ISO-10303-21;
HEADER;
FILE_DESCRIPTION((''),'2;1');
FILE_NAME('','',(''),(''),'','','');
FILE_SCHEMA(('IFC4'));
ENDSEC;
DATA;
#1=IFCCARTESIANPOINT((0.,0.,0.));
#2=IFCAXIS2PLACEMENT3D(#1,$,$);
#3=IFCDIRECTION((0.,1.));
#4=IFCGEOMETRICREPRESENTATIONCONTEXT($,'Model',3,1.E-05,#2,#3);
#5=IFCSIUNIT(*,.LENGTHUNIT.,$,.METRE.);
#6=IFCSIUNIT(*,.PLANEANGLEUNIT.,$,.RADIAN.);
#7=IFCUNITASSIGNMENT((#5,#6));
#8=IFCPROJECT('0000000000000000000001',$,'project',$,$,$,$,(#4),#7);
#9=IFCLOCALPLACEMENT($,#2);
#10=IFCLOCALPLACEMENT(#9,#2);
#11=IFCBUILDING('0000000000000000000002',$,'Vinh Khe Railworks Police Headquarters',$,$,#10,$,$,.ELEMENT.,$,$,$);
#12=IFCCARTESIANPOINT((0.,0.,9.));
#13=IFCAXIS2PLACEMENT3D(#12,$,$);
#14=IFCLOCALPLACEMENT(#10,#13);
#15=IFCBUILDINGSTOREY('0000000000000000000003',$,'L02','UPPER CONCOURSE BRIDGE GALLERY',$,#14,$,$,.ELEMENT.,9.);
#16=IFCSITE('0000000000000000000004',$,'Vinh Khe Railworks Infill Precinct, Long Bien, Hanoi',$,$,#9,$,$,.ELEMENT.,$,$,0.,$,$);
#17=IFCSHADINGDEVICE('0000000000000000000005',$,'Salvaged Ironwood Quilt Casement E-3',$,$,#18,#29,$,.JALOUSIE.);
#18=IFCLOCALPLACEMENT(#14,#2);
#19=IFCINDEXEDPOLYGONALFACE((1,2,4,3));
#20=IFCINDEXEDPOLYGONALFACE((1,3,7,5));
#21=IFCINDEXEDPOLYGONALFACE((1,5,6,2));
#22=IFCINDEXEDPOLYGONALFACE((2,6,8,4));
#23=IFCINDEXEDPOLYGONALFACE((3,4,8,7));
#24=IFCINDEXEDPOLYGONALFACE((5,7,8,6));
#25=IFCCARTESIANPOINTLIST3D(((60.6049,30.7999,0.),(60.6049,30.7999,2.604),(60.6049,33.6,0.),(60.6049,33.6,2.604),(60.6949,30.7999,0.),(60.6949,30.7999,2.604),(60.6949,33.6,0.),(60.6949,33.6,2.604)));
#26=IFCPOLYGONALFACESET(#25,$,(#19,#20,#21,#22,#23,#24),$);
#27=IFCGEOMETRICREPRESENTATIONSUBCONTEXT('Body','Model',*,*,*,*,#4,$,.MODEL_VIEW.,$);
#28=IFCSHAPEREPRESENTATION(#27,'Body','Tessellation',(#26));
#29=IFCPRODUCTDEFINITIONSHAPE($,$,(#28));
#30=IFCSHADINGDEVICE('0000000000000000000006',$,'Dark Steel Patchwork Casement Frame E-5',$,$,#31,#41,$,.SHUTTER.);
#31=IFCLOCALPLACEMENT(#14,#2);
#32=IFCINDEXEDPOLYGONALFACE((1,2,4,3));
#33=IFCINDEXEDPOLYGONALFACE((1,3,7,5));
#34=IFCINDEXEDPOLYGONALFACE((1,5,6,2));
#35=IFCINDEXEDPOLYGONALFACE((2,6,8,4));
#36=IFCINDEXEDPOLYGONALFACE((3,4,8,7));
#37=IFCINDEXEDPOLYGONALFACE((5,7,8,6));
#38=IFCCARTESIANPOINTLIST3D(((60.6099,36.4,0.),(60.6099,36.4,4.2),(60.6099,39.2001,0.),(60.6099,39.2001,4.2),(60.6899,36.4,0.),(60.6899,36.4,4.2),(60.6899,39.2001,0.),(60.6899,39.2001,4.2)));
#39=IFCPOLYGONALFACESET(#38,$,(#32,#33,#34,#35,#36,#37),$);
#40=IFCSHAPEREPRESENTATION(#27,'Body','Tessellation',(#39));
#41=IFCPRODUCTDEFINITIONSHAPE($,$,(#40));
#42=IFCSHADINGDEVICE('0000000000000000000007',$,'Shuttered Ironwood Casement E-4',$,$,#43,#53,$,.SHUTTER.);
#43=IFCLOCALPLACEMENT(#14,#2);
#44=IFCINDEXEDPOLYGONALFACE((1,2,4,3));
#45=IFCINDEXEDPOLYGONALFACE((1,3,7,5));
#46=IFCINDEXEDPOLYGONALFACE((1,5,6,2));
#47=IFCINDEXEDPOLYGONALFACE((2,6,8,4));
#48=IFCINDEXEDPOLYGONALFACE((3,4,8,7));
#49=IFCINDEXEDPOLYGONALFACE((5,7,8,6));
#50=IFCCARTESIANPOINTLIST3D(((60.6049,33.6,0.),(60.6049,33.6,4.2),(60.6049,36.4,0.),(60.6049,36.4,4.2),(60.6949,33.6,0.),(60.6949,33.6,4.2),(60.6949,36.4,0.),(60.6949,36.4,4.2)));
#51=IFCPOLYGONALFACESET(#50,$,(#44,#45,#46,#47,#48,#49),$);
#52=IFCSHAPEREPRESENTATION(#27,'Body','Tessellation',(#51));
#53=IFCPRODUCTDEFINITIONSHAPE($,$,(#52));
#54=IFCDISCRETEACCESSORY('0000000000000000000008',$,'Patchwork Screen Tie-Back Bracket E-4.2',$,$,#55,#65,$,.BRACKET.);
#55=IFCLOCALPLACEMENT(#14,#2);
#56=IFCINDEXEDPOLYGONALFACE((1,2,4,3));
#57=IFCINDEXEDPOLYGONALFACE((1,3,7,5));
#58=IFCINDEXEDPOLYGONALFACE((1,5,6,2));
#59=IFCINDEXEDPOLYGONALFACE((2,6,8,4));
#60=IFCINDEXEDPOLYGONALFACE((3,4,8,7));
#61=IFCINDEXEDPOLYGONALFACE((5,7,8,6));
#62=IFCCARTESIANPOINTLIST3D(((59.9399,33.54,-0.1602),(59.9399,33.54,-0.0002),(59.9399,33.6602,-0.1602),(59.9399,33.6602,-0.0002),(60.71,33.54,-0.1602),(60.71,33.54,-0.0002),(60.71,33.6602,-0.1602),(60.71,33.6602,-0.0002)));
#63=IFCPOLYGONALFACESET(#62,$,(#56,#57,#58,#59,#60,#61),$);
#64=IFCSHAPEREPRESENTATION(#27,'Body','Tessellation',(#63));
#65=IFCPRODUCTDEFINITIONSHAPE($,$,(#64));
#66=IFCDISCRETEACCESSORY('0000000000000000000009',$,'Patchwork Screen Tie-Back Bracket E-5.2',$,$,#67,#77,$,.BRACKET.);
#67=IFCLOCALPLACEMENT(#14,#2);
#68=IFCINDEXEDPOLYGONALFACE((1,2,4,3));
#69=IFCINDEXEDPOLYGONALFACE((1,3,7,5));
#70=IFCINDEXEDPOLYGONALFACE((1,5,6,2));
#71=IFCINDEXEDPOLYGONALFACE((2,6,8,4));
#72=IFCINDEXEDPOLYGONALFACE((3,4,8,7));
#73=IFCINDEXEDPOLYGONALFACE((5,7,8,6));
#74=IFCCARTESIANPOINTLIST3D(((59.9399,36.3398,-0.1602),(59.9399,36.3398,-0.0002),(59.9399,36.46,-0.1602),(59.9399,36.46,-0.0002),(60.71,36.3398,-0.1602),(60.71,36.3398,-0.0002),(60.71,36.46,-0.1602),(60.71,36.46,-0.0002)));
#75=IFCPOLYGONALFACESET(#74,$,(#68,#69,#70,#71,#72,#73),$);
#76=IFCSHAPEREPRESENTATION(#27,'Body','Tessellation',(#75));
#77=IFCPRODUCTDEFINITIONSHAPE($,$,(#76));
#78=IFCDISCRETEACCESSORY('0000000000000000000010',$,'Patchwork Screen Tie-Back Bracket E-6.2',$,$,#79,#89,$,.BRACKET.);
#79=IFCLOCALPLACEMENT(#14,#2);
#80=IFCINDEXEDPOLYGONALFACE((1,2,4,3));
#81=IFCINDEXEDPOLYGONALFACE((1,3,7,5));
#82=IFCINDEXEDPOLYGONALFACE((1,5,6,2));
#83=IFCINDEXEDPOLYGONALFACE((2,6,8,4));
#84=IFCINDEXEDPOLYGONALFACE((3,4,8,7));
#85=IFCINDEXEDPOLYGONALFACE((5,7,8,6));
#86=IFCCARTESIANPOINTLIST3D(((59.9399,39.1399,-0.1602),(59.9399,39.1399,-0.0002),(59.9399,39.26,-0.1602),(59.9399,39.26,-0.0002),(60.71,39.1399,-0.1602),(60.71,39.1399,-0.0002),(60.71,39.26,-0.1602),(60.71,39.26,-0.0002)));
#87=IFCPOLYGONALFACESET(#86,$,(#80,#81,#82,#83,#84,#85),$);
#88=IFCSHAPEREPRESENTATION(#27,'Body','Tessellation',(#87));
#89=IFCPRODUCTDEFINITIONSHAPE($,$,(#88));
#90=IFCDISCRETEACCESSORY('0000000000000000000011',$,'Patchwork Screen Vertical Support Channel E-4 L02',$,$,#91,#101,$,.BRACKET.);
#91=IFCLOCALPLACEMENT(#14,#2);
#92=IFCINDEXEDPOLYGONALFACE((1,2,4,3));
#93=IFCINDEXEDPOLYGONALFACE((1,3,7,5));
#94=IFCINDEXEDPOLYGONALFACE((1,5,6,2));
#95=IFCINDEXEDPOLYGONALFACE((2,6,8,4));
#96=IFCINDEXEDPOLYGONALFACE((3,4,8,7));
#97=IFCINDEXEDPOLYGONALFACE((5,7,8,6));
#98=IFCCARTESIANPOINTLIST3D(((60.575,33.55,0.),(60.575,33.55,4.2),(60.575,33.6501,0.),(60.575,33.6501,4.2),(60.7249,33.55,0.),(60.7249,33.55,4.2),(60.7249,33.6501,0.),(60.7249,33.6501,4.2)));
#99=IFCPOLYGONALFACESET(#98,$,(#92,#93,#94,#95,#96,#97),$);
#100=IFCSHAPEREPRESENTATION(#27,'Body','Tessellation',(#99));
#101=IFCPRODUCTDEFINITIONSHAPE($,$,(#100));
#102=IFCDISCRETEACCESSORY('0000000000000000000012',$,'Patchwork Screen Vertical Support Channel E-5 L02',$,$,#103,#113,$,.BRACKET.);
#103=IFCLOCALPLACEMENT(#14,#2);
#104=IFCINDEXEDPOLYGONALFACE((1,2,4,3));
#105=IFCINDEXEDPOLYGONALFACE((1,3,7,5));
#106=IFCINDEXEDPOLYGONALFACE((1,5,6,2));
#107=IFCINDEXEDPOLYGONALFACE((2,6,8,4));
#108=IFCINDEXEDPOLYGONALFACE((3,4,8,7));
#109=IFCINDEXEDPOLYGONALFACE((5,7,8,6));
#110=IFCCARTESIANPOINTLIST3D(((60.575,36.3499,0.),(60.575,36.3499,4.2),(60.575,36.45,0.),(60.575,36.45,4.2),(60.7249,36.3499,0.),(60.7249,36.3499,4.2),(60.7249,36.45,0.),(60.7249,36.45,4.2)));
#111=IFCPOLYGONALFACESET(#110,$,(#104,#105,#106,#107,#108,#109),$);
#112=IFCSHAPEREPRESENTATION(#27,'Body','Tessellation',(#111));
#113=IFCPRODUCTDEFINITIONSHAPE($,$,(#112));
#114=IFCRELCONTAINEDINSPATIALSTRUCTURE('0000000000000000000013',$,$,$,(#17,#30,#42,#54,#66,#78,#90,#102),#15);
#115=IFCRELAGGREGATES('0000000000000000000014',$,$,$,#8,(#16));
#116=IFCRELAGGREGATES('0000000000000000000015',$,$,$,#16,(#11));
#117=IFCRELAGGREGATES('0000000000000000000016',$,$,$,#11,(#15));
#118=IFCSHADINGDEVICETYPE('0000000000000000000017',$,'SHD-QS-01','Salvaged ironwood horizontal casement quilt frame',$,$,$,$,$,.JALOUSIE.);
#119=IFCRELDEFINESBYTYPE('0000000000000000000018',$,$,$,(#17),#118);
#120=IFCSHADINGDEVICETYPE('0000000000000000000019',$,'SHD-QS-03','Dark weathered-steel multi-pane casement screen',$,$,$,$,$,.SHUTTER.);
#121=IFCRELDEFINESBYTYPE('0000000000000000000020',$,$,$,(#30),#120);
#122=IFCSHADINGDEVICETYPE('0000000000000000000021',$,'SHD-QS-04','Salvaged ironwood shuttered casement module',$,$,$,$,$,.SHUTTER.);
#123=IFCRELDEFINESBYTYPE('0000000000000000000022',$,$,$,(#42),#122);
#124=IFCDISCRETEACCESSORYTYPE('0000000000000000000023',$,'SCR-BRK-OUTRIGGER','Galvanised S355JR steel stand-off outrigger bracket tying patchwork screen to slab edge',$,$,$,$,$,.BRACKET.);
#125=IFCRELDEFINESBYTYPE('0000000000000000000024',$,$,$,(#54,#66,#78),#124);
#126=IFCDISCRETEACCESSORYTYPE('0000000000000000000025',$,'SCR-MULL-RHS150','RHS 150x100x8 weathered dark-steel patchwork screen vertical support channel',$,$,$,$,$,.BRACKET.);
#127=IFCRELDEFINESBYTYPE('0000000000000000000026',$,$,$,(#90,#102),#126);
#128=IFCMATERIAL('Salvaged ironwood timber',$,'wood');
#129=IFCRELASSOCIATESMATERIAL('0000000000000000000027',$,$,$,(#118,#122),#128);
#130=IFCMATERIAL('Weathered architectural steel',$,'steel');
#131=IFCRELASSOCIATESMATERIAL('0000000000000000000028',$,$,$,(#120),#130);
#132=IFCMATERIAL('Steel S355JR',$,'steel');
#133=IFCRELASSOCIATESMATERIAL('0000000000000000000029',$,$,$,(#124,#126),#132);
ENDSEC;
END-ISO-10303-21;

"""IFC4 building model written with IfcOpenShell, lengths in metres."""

from ifc_helpers import new_model, si_unit, direction, frame, origin, origin_2d, place, context, subcontext, project, spatial, rectangle, extrude, material, type_object, element, save


model = new_model("IFC4")

# Units and contexts
model_context = context("Model", 3, precision=1e-05, world=origin(), true_north=direction((0.0, 1.0)))
body_context = subcontext(model_context, "Body", "Model", "MODEL_VIEW")
ifc_project = project(units=[si_unit("LENGTHUNIT", "METRE"), si_unit("PLANEANGLEUNIT", "RADIAN")], contexts=[model_context])

# Site, building, storey
site_placement = place(None, origin())
site = spatial("IfcSite", under=ifc_project, at=site_placement, Name="Vinh Khe Railworks Infill Precinct, Long Bien, Hanoi", CompositionType="ELEMENT", RefElevation=0.0)
building_placement = place(site_placement, origin())
building = spatial("IfcBuilding", under=site, at=building_placement, Name="Vinh Khe Railworks Police Headquarters", CompositionType="ELEMENT")
storey_placement = place(building_placement, frame((0.0, 0.0, 9.0)))
storey = spatial("IfcBuildingStorey", under=building, at=storey_placement, Name="L02", Description="UPPER CONCOURSE BRIDGE GALLERY", CompositionType="ELEMENT", Elevation=9.0)

# Shared definitions
ifc_material_1 = material(Name="Steel S355JR", Category="steel")

# Shared definitions
ifc_material_2 = material(Name="Salvaged ironwood timber", Category="wood")

# Shading devices
shading_device_type_1 = type_object("IfcShadingDeviceType", Name="SHD-QS-01", Description="Salvaged ironwood horizontal casement quilt frame", PredefinedType="JALOUSIE", material=ifc_material_2)
shading_device_1_placement = place(storey_placement, frame((60.6499, 32.2, 0.0), z_axis=(0.0, 0.0, 1.0), x_axis=(0.0, 1.0, 0.0)))
element("IfcShadingDevice", 1, at=shading_device_1_placement, inside=storey, type_object=shading_device_type_1, Name="Salvaged Ironwood Quilt Casement E-3", PredefinedType="JALOUSIE", context=body_context, shape_type="SweptSolid", body=[
    extrude(rectangle(XDim=2.8, YDim=0.0901, at=origin_2d()), origin(), (0.0, 0.0, 1.0), 2.604),
])
ifc_material_3 = material(Name="Weathered architectural steel", Category="steel")
shading_device_type_2 = type_object("IfcShadingDeviceType", Name="SHD-QS-03", Description="Dark weathered-steel multi-pane casement screen", PredefinedType="SHUTTER", material=ifc_material_3)
shading_device_2_placement = place(storey_placement, frame((60.6499, 37.8, 0.0), z_axis=(0.0, 0.0, 1.0), x_axis=(0.0, 1.0, 0.0)))
element("IfcShadingDevice", 2, at=shading_device_2_placement, inside=storey, type_object=shading_device_type_2, Name="Dark Steel Patchwork Casement Frame E-5", PredefinedType="SHUTTER", context=body_context, shape_type="SweptSolid", body=[
    extrude(rectangle(XDim=2.8, YDim=0.0801, at=origin_2d()), origin(), (0.0, 0.0, 1.0), 4.2),
])
shading_device_type_3 = type_object("IfcShadingDeviceType", Name="SHD-QS-04", Description="Salvaged ironwood shuttered casement module", PredefinedType="SHUTTER", material=ifc_material_2)
shading_device_3_placement = place(storey_placement, frame((60.6499, 35.0, 0.0), z_axis=(0.0, 0.0, 1.0), x_axis=(0.0, 1.0, 0.0)))
element("IfcShadingDevice", 3, at=shading_device_3_placement, inside=storey, type_object=shading_device_type_3, Name="Shuttered Ironwood Casement E-4", PredefinedType="SHUTTER", context=body_context, shape_type="SweptSolid", body=[
    extrude(rectangle(XDim=2.8, YDim=0.0901, at=origin_2d()), origin(), (0.0, 0.0, 1.0), 4.2),
])

# Discrete accessories
discrete_accessory_type_1 = type_object("IfcDiscreteAccessoryType", Name="SCR-BRK-OUTRIGGER", Description="Galvanised S355JR steel stand-off outrigger bracket tying patchwork screen to slab edge", PredefinedType="BRACKET", material=ifc_material_1)
for number, where, z_axis, x_axis, name in (
    (4, (60.325, 33.6001, -0.1602), (0.0, 0.0, 1.0), (1.0, 0.0, 0.0), "Patchwork Screen Tie-Back Bracket E-4.2"),
    (5, (60.325, 36.3999, -0.1602), (0.0, 0.0, 1.0), (1.0, 0.0, 0.0), "Patchwork Screen Tie-Back Bracket E-5.2"),
    (6, (60.325, 39.2, -0.1602), (0.0, 0.0, 1.0), (1.0, 0.0, 0.0), "Patchwork Screen Tie-Back Bracket E-6.2"),
):
    element("IfcDiscreteAccessory", number, at=place(storey_placement, frame(where, z_axis=z_axis, x_axis=x_axis)), inside=storey, type_object=discrete_accessory_type_1, Name=name, PredefinedType="BRACKET", context=body_context, shape_type="SweptSolid", body=[
        extrude(rectangle(XDim=0.77, YDim=0.1201, at=origin_2d()), origin(), (0.0, 0.0, 1.0), 0.1599),
    ])
discrete_accessory_type_2 = type_object("IfcDiscreteAccessoryType", Name="SCR-MULL-RHS150", Description="RHS 150x100x8 weathered dark-steel patchwork screen vertical support channel", PredefinedType="BRACKET", material=ifc_material_1)
for number, where, z_axis, x_axis, name in (
    (7, (60.6499, 33.6001, 0.0), (0.0, 0.0, 1.0), (1.0, 0.0, 0.0), "Patchwork Screen Vertical Support Channel E-4 L02"),
    (8, (60.6499, 36.3999, 0.0), (0.0, 0.0, 1.0), (1.0, 0.0, 0.0), "Patchwork Screen Vertical Support Channel E-5 L02"),
):
    element("IfcDiscreteAccessory", number, at=place(storey_placement, frame(where, z_axis=z_axis, x_axis=x_axis)), inside=storey, type_object=discrete_accessory_type_2, Name=name, PredefinedType="BRACKET", context=body_context, shape_type="SweptSolid", body=[
        extrude(rectangle(XDim=0.1499, YDim=0.1001, at=origin_2d()), origin(), (0.0, 0.0, 1.0), 4.2),
    ])

save(model, "model.ifc")
